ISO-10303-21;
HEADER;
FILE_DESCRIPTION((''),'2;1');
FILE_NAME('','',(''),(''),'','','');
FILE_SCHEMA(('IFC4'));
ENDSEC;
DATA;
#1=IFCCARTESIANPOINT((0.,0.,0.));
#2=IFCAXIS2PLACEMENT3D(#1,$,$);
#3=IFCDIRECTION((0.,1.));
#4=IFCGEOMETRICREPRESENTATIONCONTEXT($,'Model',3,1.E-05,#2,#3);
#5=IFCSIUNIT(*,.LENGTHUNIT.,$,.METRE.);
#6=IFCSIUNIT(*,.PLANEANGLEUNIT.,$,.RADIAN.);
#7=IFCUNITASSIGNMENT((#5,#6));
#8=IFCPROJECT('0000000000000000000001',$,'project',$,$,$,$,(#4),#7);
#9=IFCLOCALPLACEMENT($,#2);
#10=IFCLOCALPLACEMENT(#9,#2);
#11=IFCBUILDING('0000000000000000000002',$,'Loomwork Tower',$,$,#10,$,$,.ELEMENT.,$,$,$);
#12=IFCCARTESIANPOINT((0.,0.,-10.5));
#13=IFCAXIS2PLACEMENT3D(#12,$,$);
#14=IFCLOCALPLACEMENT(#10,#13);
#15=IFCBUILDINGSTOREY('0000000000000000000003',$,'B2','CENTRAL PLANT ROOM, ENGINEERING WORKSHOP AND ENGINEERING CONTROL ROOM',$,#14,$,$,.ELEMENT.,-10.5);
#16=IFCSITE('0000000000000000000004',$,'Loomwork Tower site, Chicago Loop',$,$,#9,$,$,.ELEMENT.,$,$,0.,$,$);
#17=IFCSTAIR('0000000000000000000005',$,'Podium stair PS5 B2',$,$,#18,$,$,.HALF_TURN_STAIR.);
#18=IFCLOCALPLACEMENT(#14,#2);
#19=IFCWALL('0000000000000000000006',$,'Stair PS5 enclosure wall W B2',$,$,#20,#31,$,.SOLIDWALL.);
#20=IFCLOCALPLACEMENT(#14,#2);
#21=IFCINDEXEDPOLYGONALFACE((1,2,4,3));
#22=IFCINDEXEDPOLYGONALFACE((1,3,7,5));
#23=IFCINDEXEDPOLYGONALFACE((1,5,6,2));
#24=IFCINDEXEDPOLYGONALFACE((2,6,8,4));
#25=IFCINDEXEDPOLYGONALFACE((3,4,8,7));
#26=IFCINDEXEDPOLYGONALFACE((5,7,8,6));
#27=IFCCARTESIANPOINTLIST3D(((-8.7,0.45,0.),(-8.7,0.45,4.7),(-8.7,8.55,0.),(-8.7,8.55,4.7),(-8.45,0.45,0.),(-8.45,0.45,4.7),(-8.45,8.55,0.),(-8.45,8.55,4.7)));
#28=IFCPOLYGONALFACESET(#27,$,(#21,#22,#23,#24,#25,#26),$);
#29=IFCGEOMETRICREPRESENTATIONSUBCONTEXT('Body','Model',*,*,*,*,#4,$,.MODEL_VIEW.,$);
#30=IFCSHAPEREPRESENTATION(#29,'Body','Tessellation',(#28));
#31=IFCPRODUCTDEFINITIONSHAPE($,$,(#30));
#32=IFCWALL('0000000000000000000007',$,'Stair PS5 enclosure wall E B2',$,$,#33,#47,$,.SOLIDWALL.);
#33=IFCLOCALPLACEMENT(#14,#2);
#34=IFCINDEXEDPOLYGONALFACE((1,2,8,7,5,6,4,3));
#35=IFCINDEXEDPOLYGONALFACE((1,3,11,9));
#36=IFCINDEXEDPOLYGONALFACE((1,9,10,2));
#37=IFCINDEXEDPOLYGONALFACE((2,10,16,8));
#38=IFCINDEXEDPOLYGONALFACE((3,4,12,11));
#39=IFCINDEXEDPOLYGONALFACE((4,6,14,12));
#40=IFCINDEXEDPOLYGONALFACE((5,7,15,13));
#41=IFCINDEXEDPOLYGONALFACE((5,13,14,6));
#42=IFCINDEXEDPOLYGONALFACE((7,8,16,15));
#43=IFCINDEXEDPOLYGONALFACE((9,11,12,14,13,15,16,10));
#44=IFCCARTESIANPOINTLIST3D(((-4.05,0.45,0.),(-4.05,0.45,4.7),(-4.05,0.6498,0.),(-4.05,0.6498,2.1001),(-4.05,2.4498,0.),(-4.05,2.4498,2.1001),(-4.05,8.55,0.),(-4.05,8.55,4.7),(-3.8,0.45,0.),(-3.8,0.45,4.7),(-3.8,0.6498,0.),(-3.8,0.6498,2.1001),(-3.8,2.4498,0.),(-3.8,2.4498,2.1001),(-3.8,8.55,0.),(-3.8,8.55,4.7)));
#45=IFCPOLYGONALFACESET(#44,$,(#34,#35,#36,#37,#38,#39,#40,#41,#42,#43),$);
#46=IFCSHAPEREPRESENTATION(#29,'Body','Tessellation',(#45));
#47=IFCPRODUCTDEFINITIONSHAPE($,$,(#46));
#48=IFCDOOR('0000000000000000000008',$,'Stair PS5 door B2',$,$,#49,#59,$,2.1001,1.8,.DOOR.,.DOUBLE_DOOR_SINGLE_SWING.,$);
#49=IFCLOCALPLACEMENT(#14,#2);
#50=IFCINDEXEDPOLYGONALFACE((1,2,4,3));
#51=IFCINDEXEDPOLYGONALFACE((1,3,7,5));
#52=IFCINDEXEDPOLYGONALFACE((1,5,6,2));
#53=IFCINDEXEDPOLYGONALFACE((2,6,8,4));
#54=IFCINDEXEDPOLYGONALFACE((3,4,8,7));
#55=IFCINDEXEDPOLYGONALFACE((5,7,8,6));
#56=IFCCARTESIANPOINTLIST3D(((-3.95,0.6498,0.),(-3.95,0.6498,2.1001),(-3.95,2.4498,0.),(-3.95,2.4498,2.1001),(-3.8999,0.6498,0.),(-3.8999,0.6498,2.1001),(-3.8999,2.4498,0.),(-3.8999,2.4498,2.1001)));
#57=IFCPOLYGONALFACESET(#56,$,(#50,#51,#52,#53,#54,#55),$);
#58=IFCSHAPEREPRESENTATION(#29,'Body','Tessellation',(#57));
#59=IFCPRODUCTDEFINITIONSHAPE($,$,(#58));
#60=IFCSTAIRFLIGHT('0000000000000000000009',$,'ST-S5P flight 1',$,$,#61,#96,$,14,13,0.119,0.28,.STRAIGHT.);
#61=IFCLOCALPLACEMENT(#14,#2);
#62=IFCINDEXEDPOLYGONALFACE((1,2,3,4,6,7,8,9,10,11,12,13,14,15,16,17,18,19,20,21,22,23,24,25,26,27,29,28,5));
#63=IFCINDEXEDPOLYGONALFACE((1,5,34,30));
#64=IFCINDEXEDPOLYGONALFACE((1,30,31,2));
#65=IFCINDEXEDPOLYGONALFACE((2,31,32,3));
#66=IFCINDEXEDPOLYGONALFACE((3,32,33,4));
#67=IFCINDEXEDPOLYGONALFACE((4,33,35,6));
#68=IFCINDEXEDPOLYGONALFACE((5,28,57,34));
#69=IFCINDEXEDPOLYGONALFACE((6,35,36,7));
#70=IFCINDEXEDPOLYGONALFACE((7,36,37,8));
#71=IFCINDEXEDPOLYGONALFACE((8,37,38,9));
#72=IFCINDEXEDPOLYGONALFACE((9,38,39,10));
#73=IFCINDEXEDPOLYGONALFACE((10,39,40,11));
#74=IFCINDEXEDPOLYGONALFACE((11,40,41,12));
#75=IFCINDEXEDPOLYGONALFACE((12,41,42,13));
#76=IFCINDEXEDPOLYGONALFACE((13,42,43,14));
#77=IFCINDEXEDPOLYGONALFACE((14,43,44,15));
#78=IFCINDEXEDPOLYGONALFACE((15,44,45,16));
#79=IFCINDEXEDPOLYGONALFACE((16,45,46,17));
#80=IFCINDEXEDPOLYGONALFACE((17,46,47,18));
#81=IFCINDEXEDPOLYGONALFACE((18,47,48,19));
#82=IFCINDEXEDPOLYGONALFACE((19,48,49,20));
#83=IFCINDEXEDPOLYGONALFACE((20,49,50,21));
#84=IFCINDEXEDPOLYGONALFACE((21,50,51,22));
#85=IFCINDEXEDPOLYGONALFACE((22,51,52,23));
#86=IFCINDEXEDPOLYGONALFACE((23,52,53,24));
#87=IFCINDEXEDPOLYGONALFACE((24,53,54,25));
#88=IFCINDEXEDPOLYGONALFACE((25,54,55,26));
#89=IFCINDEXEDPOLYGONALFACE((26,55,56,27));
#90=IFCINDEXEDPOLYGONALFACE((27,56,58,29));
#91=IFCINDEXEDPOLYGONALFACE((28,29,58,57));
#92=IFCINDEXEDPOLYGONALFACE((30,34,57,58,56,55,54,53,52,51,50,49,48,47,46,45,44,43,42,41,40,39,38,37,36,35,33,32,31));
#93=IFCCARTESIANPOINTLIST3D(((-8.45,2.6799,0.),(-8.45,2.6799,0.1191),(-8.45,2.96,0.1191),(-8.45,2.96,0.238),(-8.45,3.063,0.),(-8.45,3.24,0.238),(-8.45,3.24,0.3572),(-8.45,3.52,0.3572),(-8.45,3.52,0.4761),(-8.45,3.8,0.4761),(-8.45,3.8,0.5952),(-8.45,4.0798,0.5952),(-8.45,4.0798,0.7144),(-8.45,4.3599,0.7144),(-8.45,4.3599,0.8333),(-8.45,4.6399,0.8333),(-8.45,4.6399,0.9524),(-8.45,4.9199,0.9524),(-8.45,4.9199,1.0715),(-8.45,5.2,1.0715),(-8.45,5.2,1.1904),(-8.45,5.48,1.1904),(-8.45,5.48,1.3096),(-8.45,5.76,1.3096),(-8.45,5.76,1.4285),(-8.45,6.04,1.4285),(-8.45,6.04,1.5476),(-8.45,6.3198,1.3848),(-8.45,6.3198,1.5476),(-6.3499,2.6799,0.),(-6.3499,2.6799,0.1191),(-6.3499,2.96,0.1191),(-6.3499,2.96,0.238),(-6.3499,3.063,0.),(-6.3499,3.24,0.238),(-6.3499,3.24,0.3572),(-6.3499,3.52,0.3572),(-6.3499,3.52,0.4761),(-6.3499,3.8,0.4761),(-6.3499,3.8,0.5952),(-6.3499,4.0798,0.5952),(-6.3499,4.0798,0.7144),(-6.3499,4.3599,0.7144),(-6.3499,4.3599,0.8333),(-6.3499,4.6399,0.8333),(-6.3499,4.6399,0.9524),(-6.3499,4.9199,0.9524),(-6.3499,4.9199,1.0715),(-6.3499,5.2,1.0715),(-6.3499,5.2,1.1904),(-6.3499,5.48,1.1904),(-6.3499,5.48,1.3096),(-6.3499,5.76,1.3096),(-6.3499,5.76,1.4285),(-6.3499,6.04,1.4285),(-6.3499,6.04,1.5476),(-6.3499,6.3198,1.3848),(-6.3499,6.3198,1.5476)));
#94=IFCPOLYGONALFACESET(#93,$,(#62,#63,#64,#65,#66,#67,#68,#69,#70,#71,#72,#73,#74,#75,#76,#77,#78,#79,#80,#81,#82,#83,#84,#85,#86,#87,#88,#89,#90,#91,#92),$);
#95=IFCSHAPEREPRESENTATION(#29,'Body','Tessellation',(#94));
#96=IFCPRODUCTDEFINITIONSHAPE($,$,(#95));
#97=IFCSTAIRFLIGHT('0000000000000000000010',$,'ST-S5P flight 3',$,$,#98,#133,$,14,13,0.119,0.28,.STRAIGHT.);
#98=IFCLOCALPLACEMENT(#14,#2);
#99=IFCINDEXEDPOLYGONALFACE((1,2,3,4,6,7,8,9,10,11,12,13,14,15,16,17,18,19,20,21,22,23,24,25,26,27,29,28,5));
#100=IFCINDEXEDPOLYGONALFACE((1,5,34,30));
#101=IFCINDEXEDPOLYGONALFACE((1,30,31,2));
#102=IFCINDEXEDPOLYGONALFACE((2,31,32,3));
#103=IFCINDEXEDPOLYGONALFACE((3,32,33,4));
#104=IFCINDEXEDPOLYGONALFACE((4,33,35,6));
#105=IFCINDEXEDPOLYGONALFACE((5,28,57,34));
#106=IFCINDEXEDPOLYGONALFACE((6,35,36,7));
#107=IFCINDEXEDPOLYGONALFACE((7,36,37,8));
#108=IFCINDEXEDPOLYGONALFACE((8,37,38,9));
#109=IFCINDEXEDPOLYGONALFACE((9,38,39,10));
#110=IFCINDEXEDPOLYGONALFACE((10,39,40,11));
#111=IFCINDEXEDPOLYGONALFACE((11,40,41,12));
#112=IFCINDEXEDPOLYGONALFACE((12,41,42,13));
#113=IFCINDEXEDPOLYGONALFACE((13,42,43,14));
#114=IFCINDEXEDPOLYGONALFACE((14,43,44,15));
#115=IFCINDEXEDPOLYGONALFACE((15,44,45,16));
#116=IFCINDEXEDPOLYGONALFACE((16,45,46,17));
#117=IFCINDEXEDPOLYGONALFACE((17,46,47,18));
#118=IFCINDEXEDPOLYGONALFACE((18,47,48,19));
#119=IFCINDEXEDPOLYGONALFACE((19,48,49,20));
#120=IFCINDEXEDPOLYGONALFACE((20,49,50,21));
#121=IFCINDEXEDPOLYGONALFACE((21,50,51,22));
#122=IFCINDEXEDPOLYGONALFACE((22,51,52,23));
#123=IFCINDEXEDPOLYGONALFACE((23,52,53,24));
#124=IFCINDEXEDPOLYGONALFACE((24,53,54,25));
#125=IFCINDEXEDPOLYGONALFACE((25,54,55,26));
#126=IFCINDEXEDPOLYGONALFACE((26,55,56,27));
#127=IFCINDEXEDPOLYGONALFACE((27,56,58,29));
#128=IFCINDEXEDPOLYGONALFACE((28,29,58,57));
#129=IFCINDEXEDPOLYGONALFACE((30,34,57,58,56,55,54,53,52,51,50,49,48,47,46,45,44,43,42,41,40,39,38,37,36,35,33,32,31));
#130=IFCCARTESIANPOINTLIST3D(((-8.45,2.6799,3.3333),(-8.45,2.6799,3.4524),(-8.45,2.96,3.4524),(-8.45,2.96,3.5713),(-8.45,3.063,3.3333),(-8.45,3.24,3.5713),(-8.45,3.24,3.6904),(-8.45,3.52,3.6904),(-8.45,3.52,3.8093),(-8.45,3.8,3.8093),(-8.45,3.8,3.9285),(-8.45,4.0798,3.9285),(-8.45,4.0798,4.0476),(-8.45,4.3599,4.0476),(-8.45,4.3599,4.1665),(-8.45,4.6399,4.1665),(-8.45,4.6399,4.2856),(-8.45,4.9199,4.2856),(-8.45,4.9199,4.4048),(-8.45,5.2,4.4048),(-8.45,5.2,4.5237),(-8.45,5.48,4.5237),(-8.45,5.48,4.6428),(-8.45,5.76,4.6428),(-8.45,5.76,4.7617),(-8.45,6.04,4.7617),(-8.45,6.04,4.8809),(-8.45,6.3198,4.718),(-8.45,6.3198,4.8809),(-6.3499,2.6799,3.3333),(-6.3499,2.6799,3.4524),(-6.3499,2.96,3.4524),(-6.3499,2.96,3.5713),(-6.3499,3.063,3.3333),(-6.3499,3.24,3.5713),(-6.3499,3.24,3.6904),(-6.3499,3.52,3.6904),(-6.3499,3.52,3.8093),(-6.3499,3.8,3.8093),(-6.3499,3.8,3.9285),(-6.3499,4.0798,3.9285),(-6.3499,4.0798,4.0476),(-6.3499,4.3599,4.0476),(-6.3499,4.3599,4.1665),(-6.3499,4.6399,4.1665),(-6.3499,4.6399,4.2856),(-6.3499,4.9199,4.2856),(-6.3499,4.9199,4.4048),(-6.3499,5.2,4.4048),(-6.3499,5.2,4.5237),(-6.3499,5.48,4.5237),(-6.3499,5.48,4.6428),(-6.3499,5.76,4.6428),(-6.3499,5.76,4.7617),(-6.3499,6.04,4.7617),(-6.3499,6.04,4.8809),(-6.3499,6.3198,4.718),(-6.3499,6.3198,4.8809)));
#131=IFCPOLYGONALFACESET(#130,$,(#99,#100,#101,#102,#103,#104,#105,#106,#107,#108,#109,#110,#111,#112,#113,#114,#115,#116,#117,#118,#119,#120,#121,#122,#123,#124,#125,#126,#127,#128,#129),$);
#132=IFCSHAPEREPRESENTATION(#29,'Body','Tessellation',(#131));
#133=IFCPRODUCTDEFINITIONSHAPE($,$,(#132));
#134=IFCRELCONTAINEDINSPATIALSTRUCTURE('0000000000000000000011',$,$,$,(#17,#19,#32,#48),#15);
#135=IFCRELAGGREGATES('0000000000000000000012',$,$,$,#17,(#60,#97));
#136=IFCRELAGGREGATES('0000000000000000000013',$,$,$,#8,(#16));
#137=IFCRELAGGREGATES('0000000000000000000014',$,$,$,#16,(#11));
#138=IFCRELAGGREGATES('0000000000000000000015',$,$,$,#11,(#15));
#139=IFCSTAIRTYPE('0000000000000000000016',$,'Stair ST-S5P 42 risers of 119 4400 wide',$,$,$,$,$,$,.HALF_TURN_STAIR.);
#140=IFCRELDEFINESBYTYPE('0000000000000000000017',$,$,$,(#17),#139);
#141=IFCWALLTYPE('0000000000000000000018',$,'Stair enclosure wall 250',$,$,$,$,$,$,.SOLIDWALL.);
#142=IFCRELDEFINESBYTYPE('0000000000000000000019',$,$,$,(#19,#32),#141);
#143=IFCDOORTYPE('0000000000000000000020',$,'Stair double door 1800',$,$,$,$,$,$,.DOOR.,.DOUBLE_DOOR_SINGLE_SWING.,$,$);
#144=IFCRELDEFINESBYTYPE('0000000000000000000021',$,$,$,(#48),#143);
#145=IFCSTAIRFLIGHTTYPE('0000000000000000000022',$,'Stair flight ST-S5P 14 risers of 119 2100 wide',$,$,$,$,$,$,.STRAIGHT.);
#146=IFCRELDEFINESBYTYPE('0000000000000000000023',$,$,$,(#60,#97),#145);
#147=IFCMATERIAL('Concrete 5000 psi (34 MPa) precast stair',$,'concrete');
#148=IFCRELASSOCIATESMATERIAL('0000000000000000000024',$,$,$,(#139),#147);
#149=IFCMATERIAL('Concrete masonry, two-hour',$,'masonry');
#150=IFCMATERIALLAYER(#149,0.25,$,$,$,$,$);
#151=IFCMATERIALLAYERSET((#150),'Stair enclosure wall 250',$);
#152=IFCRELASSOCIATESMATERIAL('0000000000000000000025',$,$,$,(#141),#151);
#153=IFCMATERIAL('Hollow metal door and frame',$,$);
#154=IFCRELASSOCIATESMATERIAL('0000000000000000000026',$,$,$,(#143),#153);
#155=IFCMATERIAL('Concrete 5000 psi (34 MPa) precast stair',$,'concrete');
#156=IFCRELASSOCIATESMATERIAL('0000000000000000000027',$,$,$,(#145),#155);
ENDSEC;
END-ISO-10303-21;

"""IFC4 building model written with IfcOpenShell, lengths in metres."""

from ifc_helpers import new_model, si_unit, direction, frame, frame_2d, origin, place, context, subcontext, project, spatial, polyline, rectangle, outline, extrude, material, layer, layer_set, type_object, element, fill, aggregate, save


model = new_model("IFC4")

# Units and contexts
model_context = context("Model", 3, precision=1e-05, world=origin(), true_north=direction((0.0, 1.0)))
body_context = subcontext(model_context, "Body", "Model", "MODEL_VIEW")
ifc_project = project(units=[si_unit("LENGTHUNIT", "METRE"), si_unit("PLANEANGLEUNIT", "RADIAN")], contexts=[model_context])

# Site, building, storey
site_placement = place(None, origin())
site = spatial("IfcSite", under=ifc_project, at=site_placement, Name="Loomwork Tower site, Chicago Loop", CompositionType="ELEMENT", RefElevation=0.0)
building_placement = place(site_placement, origin())
building = spatial("IfcBuilding", under=site, at=building_placement, Name="Loomwork Tower", CompositionType="ELEMENT")
storey_placement = place(building_placement, frame((0.0, 0.0, -10.5)))
storey = spatial("IfcBuildingStorey", under=building, at=storey_placement, Name="B2", Description="CENTRAL PLANT ROOM, ENGINEERING WORKSHOP AND ENGINEERING CONTROL ROOM", CompositionType="ELEMENT", Elevation=-10.5)

# Stair
ifc_material_1 = material(Name="Concrete 5000 psi (34 MPa) precast stair", Category="concrete")
stair_type_1 = type_object("IfcStairType", Name="Stair ST-S5P 42 risers of 119 4400 wide", PredefinedType="HALF_TURN_STAIR", material=ifc_material_1)
stair_1_placement = place(storey_placement, origin())
stair_1 = element("IfcStair", 1, at=stair_1_placement, inside=storey, type_object=stair_type_1, Name="Podium stair PS5 B2", PredefinedType="HALF_TURN_STAIR")

# Wall
ifc_material_2 = material(Name="Concrete masonry, two-hour", Category="masonry")
ifc_layer_1 = layer(ifc_material_2, 0.25)
ifc_layer_set_1 = layer_set([ifc_layer_1], Name="Stair enclosure wall 250")
wall_type = type_object("IfcWallType", Name="Stair enclosure wall 250", PredefinedType="SOLIDWALL", material=ifc_layer_set_1)
wall_1_placement = place(storey_placement, frame((-8.575, 0.45, 0.0), z_axis=(0.0, 0.0, 1.0), x_axis=(0.0, 1.0, 0.0)))
element("IfcWall", 2, at=wall_1_placement, inside=storey, type_object=wall_type, Name="Stair PS5 enclosure wall W B2", PredefinedType="SOLIDWALL", context=body_context, shape_type="SweptSolid", body=[
    extrude(rectangle(XDim=8.1001, YDim=0.25, at=frame_2d((4.05, 0.0))), origin(), (0.0, 0.0, 1.0), 4.7),
])

# Wall, opening, door
wall_2_placement = place(storey_placement, frame((-3.925, 0.45, 0.0), z_axis=(0.0, 0.0, 1.0), x_axis=(0.0, 1.0, 0.0)))
wall_2 = element("IfcWall", 3, at=wall_2_placement, inside=storey, type_object=wall_type, Name="Stair PS5 enclosure wall E B2", PredefinedType="SOLIDWALL", context=body_context, shape_type="SweptSolid", body=[
    extrude(rectangle(XDim=8.1001, YDim=0.25, at=frame_2d((4.05, 0.0))), origin(), (0.0, 0.0, 1.0), 4.7),
])
opening_placement = place(wall_2_placement, frame((0.2, 0.0, 0.0)))
opening = element("IfcOpeningElement", 4, at=opening_placement, cuts=wall_2, PredefinedType="OPENING", context=body_context, shape_type="SweptSolid", body=[
    extrude(rectangle(XDim=1.8, YDim=2.1001, at=frame_2d((0.8999, 1.05))), frame((0.0, 0.135, 0.0), z_axis=(0.0, -1.0, 0.0), x_axis=(1.0, 0.0, 0.0)), (0.0, 0.0, 1.0), 0.27),
])
ifc_material_3 = material(Name="Hollow metal door and frame")
door_type = type_object("IfcDoorType", Name="Stair double door 1800", OperationType="DOUBLE_DOOR_SINGLE_SWING", PredefinedType="DOOR", material=ifc_material_3)
door_placement = place(opening_placement, origin())
door = element("IfcDoor", 5, at=door_placement, inside=storey, type_object=door_type, Name="Stair PS5 door B2", OperationType="DOUBLE_DOOR_SINGLE_SWING", OverallHeight=2.1001, OverallWidth=1.8, PredefinedType="DOOR", context=body_context, shape_type="SweptSolid", body=[
    extrude(rectangle(XDim=1.8, YDim=2.1001, at=frame_2d((0.8999, 1.05))), frame((0.0, 0.0249, 0.0), z_axis=(0.0, -1.0, 0.0), x_axis=(1.0, 0.0, 0.0)), (0.0, 0.0, 1.0), 0.05),
])
fill(opening, door)

# Stair flights
ifc_material_4 = material(Name="Concrete 5000 psi (34 MPa) precast stair", Category="concrete")
stair_flight_type = type_object("IfcStairFlightType", Name="Stair flight ST-S5P 14 risers of 119 2100 wide", PredefinedType="STRAIGHT", material=ifc_material_4)
stair_flight_1_placement = place(storey_placement, frame((-7.3999, 2.6799, 0.0), z_axis=(0.0, 0.0, 1.0), x_axis=(0.0, 1.0, 0.0)))
stair_flight_1 = element("IfcStairFlight", 6, at=stair_flight_1_placement, type_object=stair_flight_type, Name="ST-S5P flight 1", NumberOfRisers=14, NumberOfTreads=13, PredefinedType="STRAIGHT", RiserHeight=0.119, TreadLength=0.28, context=body_context, shape_type="SweptSolid", body=[
    extrude(outline(polyline([(0.0, 0.0), (0.0, 0.1191), (0.28, 0.1191), (0.28, 0.238), (0.5601, 0.238), (0.5601, 0.3572), (0.8401, 0.3572), (0.8401, 0.4761), (1.1201, 0.4761), (1.1201, 0.5952), (1.3999, 0.5952), (1.3999, 0.7144), (1.6799, 0.7144), (1.6799, 0.8333), (1.96, 0.8333), (1.96, 0.9524), (2.24, 0.9524), (2.24, 1.0715), (2.52, 1.0715), (2.52, 1.1904), (2.8, 1.1904), (2.8, 1.3096), (3.0801, 1.3096), (3.0801, 1.4285), (3.3601, 1.4285), (3.3601, 1.5476), (3.6399, 1.5476), (3.6399, 1.6667), (3.6399, 1.3848), (0.3831, 0.0), (0.0, 0.0)])), frame((0.0, 1.05, 0.0), z_axis=(0.0, -1.0, 0.0), x_axis=(1.0, 0.0, 0.0)), (0.0, 0.0, 1.0), 2.1001),
])
stair_flight_2_placement = place(storey_placement, frame((-7.3999, 2.6799, 3.3333), z_axis=(0.0, 0.0, 1.0), x_axis=(0.0, 1.0, 0.0)))
stair_flight_2 = element("IfcStairFlight", 7, at=stair_flight_2_placement, type_object=stair_flight_type, Name="ST-S5P flight 3", NumberOfRisers=14, NumberOfTreads=13, PredefinedType="STRAIGHT", RiserHeight=0.119, TreadLength=0.28, context=body_context, shape_type="SweptSolid", body=[
    extrude(outline(polyline([(0.0, 0.0), (0.0, 0.1191), (0.28, 0.1191), (0.28, 0.238), (0.5601, 0.238), (0.5601, 0.3572), (0.8401, 0.3572), (0.8401, 0.4761), (1.1201, 0.4761), (1.1201, 0.5952), (1.3999, 0.5952), (1.3999, 0.7144), (1.6799, 0.7144), (1.6799, 0.8333), (1.96, 0.8333), (1.96, 0.9524), (2.24, 0.9524), (2.24, 1.0715), (2.52, 1.0715), (2.52, 1.1904), (2.8, 1.1904), (2.8, 1.3096), (3.0801, 1.3096), (3.0801, 1.4285), (3.3601, 1.4285), (3.3601, 1.5476), (3.6399, 1.5476), (3.6399, 1.6667), (3.6399, 1.3848), (0.3831, 0.0), (0.0, 0.0)])), frame((0.0, 1.05, 0.0), z_axis=(0.0, -1.0, 0.0), x_axis=(1.0, 0.0, 0.0)), (0.0, 0.0, 1.0), 2.1001),
])
aggregate(stair_1, [stair_flight_1, stair_flight_2])

save(model, "model.ifc")
